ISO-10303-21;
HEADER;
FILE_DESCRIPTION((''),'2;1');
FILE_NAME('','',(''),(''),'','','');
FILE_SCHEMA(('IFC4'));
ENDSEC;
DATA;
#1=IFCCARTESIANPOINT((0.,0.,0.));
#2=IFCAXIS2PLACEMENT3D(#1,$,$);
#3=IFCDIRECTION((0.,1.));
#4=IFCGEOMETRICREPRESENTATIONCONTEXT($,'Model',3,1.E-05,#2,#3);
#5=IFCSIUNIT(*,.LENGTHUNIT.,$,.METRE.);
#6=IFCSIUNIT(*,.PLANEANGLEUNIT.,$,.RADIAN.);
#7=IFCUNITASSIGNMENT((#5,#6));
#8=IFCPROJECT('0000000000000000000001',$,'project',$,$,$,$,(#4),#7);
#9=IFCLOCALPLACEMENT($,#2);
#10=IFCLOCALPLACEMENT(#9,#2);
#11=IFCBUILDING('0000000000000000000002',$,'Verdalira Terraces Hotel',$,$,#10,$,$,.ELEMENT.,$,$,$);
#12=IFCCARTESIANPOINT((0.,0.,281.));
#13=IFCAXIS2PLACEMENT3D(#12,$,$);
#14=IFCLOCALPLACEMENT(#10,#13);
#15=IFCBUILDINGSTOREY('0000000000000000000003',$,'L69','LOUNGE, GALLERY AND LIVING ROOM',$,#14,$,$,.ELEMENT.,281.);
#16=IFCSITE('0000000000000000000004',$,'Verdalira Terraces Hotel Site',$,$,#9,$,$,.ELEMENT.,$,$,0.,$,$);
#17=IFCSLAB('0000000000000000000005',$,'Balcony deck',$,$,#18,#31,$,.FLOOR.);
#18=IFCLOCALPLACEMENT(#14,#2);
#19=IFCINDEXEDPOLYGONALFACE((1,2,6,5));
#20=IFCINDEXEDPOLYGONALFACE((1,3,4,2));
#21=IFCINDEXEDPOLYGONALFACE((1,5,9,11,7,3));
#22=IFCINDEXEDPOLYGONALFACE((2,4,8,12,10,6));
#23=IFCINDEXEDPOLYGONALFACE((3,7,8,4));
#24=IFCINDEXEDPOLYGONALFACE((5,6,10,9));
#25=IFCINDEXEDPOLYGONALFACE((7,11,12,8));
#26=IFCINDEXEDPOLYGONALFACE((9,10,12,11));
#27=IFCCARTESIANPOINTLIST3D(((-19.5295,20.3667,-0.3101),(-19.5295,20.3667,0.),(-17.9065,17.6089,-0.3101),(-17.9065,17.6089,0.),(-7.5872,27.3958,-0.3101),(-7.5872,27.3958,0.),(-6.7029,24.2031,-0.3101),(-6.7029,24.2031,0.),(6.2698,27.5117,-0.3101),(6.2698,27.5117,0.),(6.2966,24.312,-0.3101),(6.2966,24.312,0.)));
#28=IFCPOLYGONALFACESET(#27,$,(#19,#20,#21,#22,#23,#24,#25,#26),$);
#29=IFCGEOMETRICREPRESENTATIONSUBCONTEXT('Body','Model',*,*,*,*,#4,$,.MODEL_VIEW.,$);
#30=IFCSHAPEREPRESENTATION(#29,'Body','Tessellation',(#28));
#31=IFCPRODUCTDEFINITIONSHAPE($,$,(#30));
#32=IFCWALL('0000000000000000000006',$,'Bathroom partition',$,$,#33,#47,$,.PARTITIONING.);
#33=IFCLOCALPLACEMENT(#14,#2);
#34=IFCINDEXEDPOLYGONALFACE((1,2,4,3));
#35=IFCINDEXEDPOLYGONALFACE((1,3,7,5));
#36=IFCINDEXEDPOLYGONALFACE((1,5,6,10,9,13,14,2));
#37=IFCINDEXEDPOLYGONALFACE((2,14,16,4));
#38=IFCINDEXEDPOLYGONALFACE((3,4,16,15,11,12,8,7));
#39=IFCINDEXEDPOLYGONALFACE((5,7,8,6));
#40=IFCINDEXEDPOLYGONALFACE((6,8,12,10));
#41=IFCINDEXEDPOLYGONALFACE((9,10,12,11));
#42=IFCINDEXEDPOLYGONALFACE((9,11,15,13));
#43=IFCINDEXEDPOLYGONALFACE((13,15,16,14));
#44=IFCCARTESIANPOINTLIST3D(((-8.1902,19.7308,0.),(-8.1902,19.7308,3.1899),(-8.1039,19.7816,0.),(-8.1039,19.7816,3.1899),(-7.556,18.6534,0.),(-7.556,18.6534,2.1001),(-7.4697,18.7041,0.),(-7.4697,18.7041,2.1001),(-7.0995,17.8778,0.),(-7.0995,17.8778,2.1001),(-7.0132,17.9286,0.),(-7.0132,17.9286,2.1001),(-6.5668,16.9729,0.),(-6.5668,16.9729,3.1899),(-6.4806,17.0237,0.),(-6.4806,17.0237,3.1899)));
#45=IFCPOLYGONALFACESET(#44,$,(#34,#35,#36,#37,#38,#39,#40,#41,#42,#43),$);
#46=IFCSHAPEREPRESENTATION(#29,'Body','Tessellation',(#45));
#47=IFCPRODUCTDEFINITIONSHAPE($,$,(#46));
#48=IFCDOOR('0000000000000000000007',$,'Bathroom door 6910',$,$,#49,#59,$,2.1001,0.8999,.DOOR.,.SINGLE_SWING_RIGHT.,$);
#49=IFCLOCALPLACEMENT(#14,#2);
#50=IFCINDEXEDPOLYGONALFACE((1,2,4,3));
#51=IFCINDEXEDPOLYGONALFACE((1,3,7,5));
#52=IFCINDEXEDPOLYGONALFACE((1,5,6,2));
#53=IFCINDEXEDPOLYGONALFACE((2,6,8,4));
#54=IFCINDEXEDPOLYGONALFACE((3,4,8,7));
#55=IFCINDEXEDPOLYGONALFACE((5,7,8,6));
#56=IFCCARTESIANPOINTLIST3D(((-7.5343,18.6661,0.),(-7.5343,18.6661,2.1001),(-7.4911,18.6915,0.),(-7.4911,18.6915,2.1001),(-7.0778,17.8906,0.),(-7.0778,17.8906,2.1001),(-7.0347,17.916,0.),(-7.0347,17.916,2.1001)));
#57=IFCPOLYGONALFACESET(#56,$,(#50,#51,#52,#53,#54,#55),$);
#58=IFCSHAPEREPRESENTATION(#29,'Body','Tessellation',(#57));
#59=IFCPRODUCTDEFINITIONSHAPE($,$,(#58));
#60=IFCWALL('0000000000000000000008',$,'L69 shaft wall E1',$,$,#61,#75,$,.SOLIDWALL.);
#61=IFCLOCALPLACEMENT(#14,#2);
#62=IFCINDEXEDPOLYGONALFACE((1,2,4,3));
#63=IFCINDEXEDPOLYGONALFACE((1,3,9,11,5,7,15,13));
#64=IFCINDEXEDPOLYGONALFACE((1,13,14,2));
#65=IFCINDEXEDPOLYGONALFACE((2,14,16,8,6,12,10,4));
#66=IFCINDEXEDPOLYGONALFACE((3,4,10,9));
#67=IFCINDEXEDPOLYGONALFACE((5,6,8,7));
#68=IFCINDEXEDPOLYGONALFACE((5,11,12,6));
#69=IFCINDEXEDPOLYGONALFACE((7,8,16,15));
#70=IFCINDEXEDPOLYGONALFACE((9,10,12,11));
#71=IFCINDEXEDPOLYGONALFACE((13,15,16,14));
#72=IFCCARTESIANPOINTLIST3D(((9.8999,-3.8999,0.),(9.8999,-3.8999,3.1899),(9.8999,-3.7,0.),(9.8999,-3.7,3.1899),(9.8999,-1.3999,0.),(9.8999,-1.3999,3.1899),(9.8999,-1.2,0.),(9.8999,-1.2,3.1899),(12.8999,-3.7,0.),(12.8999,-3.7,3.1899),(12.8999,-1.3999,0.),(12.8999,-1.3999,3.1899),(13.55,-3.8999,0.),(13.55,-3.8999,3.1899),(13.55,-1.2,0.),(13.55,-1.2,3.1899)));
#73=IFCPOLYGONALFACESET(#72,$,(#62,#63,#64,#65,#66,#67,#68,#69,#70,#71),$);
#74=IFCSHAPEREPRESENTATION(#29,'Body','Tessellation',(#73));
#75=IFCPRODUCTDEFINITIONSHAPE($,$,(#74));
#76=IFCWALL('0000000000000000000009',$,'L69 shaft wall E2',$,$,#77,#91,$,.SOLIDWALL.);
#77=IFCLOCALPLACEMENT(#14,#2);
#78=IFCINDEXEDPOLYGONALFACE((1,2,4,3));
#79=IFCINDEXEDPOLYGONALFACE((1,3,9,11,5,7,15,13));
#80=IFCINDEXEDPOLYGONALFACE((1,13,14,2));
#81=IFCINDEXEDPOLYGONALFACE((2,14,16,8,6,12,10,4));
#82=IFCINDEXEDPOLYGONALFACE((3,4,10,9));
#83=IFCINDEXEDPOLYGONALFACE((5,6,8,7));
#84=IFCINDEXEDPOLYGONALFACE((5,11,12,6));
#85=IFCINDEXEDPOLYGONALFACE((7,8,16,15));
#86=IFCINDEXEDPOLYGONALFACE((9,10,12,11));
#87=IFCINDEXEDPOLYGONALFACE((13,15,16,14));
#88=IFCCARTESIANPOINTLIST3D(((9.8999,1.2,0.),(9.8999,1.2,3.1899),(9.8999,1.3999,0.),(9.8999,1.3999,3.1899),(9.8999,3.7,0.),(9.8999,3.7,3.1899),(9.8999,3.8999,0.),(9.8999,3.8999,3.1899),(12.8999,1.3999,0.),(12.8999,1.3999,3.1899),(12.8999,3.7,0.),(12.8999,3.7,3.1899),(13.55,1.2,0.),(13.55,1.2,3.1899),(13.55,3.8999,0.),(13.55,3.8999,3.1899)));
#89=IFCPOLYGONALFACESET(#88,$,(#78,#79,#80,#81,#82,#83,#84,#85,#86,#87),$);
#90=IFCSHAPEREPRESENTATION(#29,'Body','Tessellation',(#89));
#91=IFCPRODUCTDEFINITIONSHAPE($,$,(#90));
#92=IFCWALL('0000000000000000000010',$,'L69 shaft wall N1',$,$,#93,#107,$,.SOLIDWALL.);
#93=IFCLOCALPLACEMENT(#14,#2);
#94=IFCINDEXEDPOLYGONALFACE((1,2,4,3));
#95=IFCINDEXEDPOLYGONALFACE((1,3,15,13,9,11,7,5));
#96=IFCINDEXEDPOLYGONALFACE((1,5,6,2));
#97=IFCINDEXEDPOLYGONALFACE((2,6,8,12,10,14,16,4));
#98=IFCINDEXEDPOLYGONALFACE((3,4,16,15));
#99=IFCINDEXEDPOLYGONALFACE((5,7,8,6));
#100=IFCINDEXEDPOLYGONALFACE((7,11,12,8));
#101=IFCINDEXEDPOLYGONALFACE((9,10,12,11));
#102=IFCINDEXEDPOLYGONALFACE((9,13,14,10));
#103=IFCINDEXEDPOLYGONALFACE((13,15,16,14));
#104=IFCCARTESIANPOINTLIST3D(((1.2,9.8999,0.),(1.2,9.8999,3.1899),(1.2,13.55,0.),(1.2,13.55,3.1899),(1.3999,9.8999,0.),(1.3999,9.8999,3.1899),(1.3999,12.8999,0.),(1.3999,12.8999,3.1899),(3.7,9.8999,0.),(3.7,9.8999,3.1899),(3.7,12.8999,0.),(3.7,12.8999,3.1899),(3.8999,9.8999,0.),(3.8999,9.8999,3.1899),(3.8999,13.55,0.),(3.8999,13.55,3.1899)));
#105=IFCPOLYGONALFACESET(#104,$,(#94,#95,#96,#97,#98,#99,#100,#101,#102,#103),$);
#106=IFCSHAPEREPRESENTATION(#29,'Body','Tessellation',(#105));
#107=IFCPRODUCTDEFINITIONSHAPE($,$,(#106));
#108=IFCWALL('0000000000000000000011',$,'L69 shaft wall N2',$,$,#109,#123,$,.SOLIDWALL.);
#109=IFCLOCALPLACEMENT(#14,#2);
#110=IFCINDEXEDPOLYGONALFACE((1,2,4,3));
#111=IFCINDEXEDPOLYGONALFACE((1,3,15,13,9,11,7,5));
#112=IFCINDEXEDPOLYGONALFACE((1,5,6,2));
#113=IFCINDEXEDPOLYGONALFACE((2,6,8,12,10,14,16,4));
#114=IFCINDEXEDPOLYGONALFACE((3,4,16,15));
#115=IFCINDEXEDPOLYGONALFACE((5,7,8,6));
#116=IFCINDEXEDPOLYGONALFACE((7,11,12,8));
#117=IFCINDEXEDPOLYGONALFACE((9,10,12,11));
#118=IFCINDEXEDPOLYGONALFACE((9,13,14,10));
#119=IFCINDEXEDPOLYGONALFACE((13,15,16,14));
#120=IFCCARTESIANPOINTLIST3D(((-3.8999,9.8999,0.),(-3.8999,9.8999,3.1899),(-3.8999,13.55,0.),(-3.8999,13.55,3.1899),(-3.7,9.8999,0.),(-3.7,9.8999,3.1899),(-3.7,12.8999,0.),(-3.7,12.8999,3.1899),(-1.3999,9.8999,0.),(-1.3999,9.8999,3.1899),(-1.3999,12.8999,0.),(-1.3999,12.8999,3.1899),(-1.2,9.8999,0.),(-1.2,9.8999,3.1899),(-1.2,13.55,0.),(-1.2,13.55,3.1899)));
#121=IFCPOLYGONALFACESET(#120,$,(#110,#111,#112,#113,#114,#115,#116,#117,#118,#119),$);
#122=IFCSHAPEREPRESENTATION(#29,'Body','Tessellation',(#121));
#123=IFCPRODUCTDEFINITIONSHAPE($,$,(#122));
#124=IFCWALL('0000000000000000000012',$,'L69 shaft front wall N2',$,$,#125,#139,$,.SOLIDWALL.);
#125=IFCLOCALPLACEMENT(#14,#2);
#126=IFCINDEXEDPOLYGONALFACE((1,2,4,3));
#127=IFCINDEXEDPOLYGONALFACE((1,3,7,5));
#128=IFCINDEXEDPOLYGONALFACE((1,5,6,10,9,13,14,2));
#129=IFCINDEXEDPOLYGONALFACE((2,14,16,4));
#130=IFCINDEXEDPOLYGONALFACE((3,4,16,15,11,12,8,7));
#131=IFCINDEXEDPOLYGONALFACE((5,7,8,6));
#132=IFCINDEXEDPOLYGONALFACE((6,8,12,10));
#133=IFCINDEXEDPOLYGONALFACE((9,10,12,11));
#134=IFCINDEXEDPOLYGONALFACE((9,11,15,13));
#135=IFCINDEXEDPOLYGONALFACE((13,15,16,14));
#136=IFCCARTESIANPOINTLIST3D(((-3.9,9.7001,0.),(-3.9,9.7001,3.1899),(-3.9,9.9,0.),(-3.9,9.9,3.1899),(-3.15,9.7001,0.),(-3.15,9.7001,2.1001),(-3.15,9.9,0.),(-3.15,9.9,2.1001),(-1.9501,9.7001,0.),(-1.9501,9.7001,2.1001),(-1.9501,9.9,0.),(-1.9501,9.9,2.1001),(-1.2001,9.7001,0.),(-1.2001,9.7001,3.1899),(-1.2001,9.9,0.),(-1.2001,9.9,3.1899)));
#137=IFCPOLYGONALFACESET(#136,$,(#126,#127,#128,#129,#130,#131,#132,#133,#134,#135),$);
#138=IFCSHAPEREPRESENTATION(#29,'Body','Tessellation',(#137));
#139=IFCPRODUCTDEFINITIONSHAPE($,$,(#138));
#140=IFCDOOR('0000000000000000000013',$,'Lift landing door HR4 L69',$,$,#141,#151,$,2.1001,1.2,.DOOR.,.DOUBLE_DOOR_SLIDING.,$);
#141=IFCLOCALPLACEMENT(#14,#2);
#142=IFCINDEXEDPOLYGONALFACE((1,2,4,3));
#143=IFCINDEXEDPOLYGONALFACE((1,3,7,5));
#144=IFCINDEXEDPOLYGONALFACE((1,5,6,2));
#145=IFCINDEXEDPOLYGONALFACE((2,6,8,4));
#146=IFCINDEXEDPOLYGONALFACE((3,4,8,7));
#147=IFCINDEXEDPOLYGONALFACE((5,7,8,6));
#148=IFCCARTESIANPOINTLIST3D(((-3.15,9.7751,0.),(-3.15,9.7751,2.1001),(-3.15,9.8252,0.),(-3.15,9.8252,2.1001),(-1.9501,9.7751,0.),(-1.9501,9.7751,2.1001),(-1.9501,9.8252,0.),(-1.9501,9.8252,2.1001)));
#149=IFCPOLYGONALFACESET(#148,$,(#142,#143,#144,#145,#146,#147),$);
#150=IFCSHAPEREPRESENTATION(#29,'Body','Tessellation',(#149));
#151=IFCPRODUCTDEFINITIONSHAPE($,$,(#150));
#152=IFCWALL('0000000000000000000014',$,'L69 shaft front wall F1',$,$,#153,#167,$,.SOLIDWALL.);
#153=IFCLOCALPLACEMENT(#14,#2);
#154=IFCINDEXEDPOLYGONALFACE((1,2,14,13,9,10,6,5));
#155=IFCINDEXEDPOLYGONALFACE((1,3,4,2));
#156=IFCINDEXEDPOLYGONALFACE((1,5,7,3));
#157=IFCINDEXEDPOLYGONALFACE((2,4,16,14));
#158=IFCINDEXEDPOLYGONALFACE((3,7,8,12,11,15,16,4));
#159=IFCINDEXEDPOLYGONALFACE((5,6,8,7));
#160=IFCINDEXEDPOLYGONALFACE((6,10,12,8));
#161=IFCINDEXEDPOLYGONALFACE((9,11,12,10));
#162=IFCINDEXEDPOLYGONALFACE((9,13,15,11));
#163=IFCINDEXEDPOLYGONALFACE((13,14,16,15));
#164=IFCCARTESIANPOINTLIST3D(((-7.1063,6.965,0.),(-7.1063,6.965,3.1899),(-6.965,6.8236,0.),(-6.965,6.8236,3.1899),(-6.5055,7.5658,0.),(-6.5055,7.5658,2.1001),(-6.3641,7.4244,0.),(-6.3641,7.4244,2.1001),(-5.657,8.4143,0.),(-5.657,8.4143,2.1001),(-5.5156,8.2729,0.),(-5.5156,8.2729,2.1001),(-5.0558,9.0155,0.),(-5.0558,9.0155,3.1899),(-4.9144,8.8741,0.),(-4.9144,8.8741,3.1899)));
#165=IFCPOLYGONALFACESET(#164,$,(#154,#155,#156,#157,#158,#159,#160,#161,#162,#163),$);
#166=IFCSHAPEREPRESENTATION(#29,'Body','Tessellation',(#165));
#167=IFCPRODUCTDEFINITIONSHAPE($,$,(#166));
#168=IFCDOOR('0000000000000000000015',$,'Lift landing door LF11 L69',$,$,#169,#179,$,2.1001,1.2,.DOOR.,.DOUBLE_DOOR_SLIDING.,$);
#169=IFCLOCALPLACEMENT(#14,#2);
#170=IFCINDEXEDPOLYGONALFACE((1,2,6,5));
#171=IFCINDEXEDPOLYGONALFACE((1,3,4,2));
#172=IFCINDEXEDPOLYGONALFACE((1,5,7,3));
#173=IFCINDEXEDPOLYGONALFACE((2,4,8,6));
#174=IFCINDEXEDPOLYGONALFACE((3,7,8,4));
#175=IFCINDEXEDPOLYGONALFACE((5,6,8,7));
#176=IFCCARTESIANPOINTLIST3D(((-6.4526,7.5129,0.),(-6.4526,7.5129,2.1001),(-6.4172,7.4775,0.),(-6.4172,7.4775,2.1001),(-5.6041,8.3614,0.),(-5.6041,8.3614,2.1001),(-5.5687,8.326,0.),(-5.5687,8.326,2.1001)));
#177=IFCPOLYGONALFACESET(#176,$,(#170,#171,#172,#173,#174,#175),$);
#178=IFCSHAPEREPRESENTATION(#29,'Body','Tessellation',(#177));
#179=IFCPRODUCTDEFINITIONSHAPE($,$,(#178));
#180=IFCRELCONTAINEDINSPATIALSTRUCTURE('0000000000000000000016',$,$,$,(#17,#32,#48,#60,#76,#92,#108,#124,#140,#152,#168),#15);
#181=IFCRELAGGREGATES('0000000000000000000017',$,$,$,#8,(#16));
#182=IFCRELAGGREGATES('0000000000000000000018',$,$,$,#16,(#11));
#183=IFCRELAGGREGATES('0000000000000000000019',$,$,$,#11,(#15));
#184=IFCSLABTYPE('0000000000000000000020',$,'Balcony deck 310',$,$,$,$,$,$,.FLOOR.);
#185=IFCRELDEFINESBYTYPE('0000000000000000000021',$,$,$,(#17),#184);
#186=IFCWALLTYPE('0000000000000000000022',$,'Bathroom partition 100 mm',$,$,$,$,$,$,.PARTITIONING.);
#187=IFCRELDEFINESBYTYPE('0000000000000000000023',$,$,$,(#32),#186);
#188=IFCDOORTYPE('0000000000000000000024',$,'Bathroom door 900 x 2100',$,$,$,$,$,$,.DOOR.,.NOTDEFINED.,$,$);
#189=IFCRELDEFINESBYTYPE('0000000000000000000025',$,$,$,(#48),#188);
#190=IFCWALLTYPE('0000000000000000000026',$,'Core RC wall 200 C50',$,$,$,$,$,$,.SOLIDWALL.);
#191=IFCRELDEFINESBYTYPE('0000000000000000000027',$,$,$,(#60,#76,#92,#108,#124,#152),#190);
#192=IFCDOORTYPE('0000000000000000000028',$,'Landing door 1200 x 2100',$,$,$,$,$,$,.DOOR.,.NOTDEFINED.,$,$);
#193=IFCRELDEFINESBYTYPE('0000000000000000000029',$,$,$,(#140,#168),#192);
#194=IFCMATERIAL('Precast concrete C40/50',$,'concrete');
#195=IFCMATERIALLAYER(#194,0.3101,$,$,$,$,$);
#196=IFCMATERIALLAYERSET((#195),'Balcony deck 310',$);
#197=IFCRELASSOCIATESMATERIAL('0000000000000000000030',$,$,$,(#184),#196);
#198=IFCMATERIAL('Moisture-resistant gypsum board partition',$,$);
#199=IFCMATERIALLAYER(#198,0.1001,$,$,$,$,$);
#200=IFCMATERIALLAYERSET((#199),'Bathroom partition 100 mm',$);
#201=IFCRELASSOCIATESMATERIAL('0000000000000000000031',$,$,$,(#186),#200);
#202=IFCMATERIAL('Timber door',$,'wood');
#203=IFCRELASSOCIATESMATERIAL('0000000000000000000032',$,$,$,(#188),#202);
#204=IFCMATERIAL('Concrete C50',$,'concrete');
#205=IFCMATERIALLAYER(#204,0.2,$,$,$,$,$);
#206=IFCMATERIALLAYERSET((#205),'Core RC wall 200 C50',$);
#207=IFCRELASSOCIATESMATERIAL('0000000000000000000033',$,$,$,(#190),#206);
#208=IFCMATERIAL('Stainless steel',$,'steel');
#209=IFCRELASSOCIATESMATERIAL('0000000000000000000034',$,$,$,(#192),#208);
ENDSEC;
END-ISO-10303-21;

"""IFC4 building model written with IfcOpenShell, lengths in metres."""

from ifc_helpers import new_model, si_unit, direction, frame, frame_2d, origin, place, context, subcontext, project, spatial, polyline, rectangle, outline, extrude, material, layer, layer_set, type_object, element, fill, save


model = new_model("IFC4")

# Units and contexts
model_context = context("Model", 3, precision=1e-05, world=origin(), true_north=direction((0.0, 1.0)))
body_context = subcontext(model_context, "Body", "Model", "MODEL_VIEW")
ifc_project = project(units=[si_unit("LENGTHUNIT", "METRE"), si_unit("PLANEANGLEUNIT", "RADIAN")], contexts=[model_context])

# Site, building, storey
site_placement = place(None, origin())
site = spatial("IfcSite", under=ifc_project, at=site_placement, Name="Verdalira Terraces Hotel Site", CompositionType="ELEMENT", RefElevation=0.0)
building_placement = place(site_placement, origin())
building = spatial("IfcBuilding", under=site, at=building_placement, Name="Verdalira Terraces Hotel", CompositionType="ELEMENT")
storey_placement = place(building_placement, frame((0.0, 0.0, 281.0)))
storey = spatial("IfcBuildingStorey", under=building, at=storey_placement, Name="L69", Description="LOUNGE, GALLERY AND LIVING ROOM", CompositionType="ELEMENT", Elevation=281.0)

# Slab
ifc_material_1 = material(Name="Precast concrete C40/50", Category="concrete")
ifc_layer_1 = layer(ifc_material_1, 0.3101)
ifc_layer_set_1 = layer_set([ifc_layer_1], Name="Balcony deck 310")
slab_type = type_object("IfcSlabType", Name="Balcony deck 310", PredefinedType="FLOOR", material=ifc_layer_set_1)
slab_placement = place(storey_placement, frame((0.0, 0.0, -0.3101)))
element("IfcSlab", 1, at=slab_placement, inside=storey, type_object=slab_type, Name="Balcony deck", PredefinedType="FLOOR", context=body_context, shape_type="SweptSolid", body=[
    extrude(outline(polyline([(-7.5872, 27.3958), (-19.5295, 20.3667), (-17.9065, 17.6089), (-6.7029, 24.2031), (6.2966, 24.312), (6.2698, 27.5117), (-7.5872, 27.3958)])), origin(), (0.0, 0.0, 1.0), 0.3101),
])

# Wall, opening, door
ifc_material_2 = material(Name="Moisture-resistant gypsum board partition")
ifc_layer_2 = layer(ifc_material_2, 0.1001)
ifc_layer_set_2 = layer_set([ifc_layer_2], Name="Bathroom partition 100 mm")
wall_type_1 = type_object("IfcWallType", Name="Bathroom partition 100 mm", PredefinedType="PARTITIONING", material=ifc_layer_set_2)
wall_1_placement = place(storey_placement, frame((-6.5237, 16.9983, 0.0), z_axis=(0.0, 0.0, 1.0), x_axis=(-0.507263, 0.861791, 0.0)))
wall_1 = element("IfcWall", 2, at=wall_1_placement, inside=storey, type_object=wall_type_1, Name="Bathroom partition", PredefinedType="PARTITIONING", context=body_context, shape_type="SweptSolid", body=[
    extrude(rectangle(XDim=3.2002, YDim=0.1001, at=frame_2d((1.6001, 0.0))), origin(), (0.0, 0.0, 1.0), 3.1899),
])
opening_1_placement = place(wall_1_placement, frame((1.05, 0.0, 0.0)))
opening_1 = element("IfcOpeningElement", 3, at=opening_1_placement, cuts=wall_1, PredefinedType="OPENING", context=body_context, shape_type="SweptSolid", body=[
    extrude(rectangle(XDim=0.8999, YDim=2.1001, at=frame_2d((0.45, 1.05))), frame((0.0, 0.0601, 0.0), z_axis=(0.0, -1.0, 0.0), x_axis=(1.0, 0.0, 0.0)), (0.0, 0.0, 1.0), 0.1201),
])
ifc_material_3 = material(Name="Timber door", Category="wood")
door_type_1 = type_object("IfcDoorType", Name="Bathroom door 900 x 2100", OperationType="NOTDEFINED", PredefinedType="DOOR", material=ifc_material_3)
door_1_placement = place(opening_1_placement, origin())
door_1 = element("IfcDoor", 4, at=door_1_placement, inside=storey, type_object=door_type_1, Name="Bathroom door 6910", OperationType="SINGLE_SWING_RIGHT", OverallHeight=2.1001, OverallWidth=0.8999, PredefinedType="DOOR", context=body_context, shape_type="SweptSolid", body=[
    extrude(rectangle(XDim=0.8999, YDim=2.1001, at=frame_2d((0.45, 1.05))), frame((0.0, 0.0249, 0.0), z_axis=(0.0, -1.0, 0.0), x_axis=(1.0, 0.0, 0.0)), (0.0, 0.0, 1.0), 0.05),
])
fill(opening_1, door_1)

# Walls
ifc_material_4 = material(Name="Concrete C50", Category="concrete")
ifc_layer_3 = layer(ifc_material_4, 0.2)
ifc_layer_set_3 = layer_set([ifc_layer_3], Name="Core RC wall 200 C50")
wall_type_2 = type_object("IfcWallType", Name="Core RC wall 200 C50", PredefinedType="SOLIDWALL", material=ifc_layer_set_3)
wall_2_placement = place(storey_placement, origin())
element("IfcWall", 5, at=wall_2_placement, inside=storey, type_object=wall_type_2, Name="L69 shaft wall E1", PredefinedType="SOLIDWALL", context=body_context, shape_type="SweptSolid", body=[
    extrude(outline(polyline([(13.55, -3.8999), (9.8999, -3.8999), (9.8999, -3.7), (12.8999, -3.7), (12.8999, -1.3999), (9.8999, -1.3999), (9.8999, -1.2), (13.55, -1.2), (13.55, -3.8999)])), origin(), (0.0, 0.0, 1.0), 3.1899),
])
wall_3_placement = place(storey_placement, origin())
element("IfcWall", 6, at=wall_3_placement, inside=storey, type_object=wall_type_2, Name="L69 shaft wall E2", PredefinedType="SOLIDWALL", context=body_context, shape_type="SweptSolid", body=[
    extrude(outline(polyline([(13.55, 3.8999), (13.55, 1.2), (9.8999, 1.2), (9.8999, 1.3999), (12.8999, 1.3999), (12.8999, 3.7), (9.8999, 3.7), (9.8999, 3.8999), (13.55, 3.8999)])), origin(), (0.0, 0.0, 1.0), 3.1899),
])
wall_4_placement = place(storey_placement, origin())
element("IfcWall", 7, at=wall_4_placement, inside=storey, type_object=wall_type_2, Name="L69 shaft wall N1", PredefinedType="SOLIDWALL", context=body_context, shape_type="SweptSolid", body=[
    extrude(outline(polyline([(3.8999, 9.8999), (3.7, 9.8999), (3.7, 12.8999), (1.3999, 12.8999), (1.3999, 9.8999), (1.2, 9.8999), (1.2, 13.55), (3.8999, 13.55), (3.8999, 9.8999)])), origin(), (0.0, 0.0, 1.0), 3.1899),
])
wall_5_placement = place(storey_placement, origin())
element("IfcWall", 8, at=wall_5_placement, inside=storey, type_object=wall_type_2, Name="L69 shaft wall N2", PredefinedType="SOLIDWALL", context=body_context, shape_type="SweptSolid", body=[
    extrude(outline(polyline([(-3.8999, 13.55), (-1.2, 13.55), (-1.2, 9.8999), (-1.3999, 9.8999), (-1.3999, 12.8999), (-3.7, 12.8999), (-3.7, 9.8999), (-3.8999, 9.8999), (-3.8999, 13.55)])), origin(), (0.0, 0.0, 1.0), 3.1899),
])

# Walls, openings, doors
wall_6_placement = place(storey_placement, frame((-1.2, 9.8, 0.0), z_axis=(0.0, 0.0, 1.0), x_axis=(-1.0, 0.0, 0.0)))
wall_6 = element("IfcWall", 9, at=wall_6_placement, inside=storey, type_object=wall_type_2, Name="L69 shaft front wall N2", PredefinedType="SOLIDWALL", context=body_context, shape_type="SweptSolid", body=[
    extrude(rectangle(XDim=2.7, YDim=0.2, at=frame_2d((1.3501, 0.0))), origin(), (0.0, 0.0, 1.0), 3.1899),
])
opening_2_placement = place(wall_6_placement, frame((0.75, 0.0, 0.0)))
opening_2 = element("IfcOpeningElement", 10, at=opening_2_placement, cuts=wall_6, PredefinedType="OPENING", context=body_context, shape_type="SweptSolid", body=[
    extrude(rectangle(XDim=1.2, YDim=2.1001, at=frame_2d((0.6001, 1.05))), frame((0.0, 0.1099, 0.0), z_axis=(0.0, -1.0, 0.0), x_axis=(1.0, 0.0, 0.0)), (0.0, 0.0, 1.0), 0.22),
])
ifc_material_5 = material(Name="Stainless steel", Category="steel")
door_type_2 = type_object("IfcDoorType", Name="Landing door 1200 x 2100", OperationType="NOTDEFINED", PredefinedType="DOOR", material=ifc_material_5)
door_2_placement = place(opening_2_placement, origin())
door_2 = element("IfcDoor", 11, at=door_2_placement, inside=storey, type_object=door_type_2, Name="Lift landing door HR4 L69", OperationType="DOUBLE_DOOR_SLIDING", OverallHeight=2.1001, OverallWidth=1.2, PredefinedType="DOOR", context=body_context, shape_type="SweptSolid", body=[
    extrude(rectangle(XDim=1.2, YDim=2.1001, at=frame_2d((0.6001, 1.05))), frame((0.0, 0.0249, 0.0), z_axis=(0.0, -1.0, 0.0), x_axis=(1.0, 0.0, 0.0)), (0.0, 0.0, 1.0), 0.05),
])
fill(opening_2, door_2)
wall_7_placement = place(storey_placement, frame((-4.9851, 8.9448, 0.0), z_axis=(0.0, 0.0, 1.0), x_axis=(-0.707107, -0.707107, 0.0)))
wall_7 = element("IfcWall", 12, at=wall_7_placement, inside=storey, type_object=wall_type_2, Name="L69 shaft front wall F1", PredefinedType="SOLIDWALL", context=body_context, shape_type="SweptSolid", body=[
    extrude(rectangle(XDim=2.8999, YDim=0.2, at=frame_2d((1.45, 0.0))), origin(), (0.0, 0.0, 1.0), 3.1899),
])
opening_3_placement = place(wall_7_placement, frame((0.8501, 0.0, 0.0)))
opening_3 = element("IfcOpeningElement", 13, at=opening_3_placement, cuts=wall_7, PredefinedType="OPENING", context=body_context, shape_type="SweptSolid", body=[
    extrude(rectangle(XDim=1.2, YDim=2.1001, at=frame_2d((0.6001, 1.05))), frame((0.0, 0.1099, 0.0), z_axis=(0.0, -1.0, 0.0), x_axis=(1.0, 0.0, 0.0)), (0.0, 0.0, 1.0), 0.22),
])
door_3_placement = place(opening_3_placement, origin())
door_3 = element("IfcDoor", 14, at=door_3_placement, inside=storey, type_object=door_type_2, Name="Lift landing door LF11 L69", OperationType="DOUBLE_DOOR_SLIDING", OverallHeight=2.1001, OverallWidth=1.2, PredefinedType="DOOR", context=body_context, shape_type="SweptSolid", body=[
    extrude(rectangle(XDim=1.2, YDim=2.1001, at=frame_2d((0.6001, 1.05))), frame((0.0, 0.0249, 0.0), z_axis=(0.0, -1.0, 0.0), x_axis=(1.0, 0.0, 0.0)), (0.0, 0.0, 1.0), 0.05),
])
fill(opening_3, door_3)

save(model, "model.ifc")
